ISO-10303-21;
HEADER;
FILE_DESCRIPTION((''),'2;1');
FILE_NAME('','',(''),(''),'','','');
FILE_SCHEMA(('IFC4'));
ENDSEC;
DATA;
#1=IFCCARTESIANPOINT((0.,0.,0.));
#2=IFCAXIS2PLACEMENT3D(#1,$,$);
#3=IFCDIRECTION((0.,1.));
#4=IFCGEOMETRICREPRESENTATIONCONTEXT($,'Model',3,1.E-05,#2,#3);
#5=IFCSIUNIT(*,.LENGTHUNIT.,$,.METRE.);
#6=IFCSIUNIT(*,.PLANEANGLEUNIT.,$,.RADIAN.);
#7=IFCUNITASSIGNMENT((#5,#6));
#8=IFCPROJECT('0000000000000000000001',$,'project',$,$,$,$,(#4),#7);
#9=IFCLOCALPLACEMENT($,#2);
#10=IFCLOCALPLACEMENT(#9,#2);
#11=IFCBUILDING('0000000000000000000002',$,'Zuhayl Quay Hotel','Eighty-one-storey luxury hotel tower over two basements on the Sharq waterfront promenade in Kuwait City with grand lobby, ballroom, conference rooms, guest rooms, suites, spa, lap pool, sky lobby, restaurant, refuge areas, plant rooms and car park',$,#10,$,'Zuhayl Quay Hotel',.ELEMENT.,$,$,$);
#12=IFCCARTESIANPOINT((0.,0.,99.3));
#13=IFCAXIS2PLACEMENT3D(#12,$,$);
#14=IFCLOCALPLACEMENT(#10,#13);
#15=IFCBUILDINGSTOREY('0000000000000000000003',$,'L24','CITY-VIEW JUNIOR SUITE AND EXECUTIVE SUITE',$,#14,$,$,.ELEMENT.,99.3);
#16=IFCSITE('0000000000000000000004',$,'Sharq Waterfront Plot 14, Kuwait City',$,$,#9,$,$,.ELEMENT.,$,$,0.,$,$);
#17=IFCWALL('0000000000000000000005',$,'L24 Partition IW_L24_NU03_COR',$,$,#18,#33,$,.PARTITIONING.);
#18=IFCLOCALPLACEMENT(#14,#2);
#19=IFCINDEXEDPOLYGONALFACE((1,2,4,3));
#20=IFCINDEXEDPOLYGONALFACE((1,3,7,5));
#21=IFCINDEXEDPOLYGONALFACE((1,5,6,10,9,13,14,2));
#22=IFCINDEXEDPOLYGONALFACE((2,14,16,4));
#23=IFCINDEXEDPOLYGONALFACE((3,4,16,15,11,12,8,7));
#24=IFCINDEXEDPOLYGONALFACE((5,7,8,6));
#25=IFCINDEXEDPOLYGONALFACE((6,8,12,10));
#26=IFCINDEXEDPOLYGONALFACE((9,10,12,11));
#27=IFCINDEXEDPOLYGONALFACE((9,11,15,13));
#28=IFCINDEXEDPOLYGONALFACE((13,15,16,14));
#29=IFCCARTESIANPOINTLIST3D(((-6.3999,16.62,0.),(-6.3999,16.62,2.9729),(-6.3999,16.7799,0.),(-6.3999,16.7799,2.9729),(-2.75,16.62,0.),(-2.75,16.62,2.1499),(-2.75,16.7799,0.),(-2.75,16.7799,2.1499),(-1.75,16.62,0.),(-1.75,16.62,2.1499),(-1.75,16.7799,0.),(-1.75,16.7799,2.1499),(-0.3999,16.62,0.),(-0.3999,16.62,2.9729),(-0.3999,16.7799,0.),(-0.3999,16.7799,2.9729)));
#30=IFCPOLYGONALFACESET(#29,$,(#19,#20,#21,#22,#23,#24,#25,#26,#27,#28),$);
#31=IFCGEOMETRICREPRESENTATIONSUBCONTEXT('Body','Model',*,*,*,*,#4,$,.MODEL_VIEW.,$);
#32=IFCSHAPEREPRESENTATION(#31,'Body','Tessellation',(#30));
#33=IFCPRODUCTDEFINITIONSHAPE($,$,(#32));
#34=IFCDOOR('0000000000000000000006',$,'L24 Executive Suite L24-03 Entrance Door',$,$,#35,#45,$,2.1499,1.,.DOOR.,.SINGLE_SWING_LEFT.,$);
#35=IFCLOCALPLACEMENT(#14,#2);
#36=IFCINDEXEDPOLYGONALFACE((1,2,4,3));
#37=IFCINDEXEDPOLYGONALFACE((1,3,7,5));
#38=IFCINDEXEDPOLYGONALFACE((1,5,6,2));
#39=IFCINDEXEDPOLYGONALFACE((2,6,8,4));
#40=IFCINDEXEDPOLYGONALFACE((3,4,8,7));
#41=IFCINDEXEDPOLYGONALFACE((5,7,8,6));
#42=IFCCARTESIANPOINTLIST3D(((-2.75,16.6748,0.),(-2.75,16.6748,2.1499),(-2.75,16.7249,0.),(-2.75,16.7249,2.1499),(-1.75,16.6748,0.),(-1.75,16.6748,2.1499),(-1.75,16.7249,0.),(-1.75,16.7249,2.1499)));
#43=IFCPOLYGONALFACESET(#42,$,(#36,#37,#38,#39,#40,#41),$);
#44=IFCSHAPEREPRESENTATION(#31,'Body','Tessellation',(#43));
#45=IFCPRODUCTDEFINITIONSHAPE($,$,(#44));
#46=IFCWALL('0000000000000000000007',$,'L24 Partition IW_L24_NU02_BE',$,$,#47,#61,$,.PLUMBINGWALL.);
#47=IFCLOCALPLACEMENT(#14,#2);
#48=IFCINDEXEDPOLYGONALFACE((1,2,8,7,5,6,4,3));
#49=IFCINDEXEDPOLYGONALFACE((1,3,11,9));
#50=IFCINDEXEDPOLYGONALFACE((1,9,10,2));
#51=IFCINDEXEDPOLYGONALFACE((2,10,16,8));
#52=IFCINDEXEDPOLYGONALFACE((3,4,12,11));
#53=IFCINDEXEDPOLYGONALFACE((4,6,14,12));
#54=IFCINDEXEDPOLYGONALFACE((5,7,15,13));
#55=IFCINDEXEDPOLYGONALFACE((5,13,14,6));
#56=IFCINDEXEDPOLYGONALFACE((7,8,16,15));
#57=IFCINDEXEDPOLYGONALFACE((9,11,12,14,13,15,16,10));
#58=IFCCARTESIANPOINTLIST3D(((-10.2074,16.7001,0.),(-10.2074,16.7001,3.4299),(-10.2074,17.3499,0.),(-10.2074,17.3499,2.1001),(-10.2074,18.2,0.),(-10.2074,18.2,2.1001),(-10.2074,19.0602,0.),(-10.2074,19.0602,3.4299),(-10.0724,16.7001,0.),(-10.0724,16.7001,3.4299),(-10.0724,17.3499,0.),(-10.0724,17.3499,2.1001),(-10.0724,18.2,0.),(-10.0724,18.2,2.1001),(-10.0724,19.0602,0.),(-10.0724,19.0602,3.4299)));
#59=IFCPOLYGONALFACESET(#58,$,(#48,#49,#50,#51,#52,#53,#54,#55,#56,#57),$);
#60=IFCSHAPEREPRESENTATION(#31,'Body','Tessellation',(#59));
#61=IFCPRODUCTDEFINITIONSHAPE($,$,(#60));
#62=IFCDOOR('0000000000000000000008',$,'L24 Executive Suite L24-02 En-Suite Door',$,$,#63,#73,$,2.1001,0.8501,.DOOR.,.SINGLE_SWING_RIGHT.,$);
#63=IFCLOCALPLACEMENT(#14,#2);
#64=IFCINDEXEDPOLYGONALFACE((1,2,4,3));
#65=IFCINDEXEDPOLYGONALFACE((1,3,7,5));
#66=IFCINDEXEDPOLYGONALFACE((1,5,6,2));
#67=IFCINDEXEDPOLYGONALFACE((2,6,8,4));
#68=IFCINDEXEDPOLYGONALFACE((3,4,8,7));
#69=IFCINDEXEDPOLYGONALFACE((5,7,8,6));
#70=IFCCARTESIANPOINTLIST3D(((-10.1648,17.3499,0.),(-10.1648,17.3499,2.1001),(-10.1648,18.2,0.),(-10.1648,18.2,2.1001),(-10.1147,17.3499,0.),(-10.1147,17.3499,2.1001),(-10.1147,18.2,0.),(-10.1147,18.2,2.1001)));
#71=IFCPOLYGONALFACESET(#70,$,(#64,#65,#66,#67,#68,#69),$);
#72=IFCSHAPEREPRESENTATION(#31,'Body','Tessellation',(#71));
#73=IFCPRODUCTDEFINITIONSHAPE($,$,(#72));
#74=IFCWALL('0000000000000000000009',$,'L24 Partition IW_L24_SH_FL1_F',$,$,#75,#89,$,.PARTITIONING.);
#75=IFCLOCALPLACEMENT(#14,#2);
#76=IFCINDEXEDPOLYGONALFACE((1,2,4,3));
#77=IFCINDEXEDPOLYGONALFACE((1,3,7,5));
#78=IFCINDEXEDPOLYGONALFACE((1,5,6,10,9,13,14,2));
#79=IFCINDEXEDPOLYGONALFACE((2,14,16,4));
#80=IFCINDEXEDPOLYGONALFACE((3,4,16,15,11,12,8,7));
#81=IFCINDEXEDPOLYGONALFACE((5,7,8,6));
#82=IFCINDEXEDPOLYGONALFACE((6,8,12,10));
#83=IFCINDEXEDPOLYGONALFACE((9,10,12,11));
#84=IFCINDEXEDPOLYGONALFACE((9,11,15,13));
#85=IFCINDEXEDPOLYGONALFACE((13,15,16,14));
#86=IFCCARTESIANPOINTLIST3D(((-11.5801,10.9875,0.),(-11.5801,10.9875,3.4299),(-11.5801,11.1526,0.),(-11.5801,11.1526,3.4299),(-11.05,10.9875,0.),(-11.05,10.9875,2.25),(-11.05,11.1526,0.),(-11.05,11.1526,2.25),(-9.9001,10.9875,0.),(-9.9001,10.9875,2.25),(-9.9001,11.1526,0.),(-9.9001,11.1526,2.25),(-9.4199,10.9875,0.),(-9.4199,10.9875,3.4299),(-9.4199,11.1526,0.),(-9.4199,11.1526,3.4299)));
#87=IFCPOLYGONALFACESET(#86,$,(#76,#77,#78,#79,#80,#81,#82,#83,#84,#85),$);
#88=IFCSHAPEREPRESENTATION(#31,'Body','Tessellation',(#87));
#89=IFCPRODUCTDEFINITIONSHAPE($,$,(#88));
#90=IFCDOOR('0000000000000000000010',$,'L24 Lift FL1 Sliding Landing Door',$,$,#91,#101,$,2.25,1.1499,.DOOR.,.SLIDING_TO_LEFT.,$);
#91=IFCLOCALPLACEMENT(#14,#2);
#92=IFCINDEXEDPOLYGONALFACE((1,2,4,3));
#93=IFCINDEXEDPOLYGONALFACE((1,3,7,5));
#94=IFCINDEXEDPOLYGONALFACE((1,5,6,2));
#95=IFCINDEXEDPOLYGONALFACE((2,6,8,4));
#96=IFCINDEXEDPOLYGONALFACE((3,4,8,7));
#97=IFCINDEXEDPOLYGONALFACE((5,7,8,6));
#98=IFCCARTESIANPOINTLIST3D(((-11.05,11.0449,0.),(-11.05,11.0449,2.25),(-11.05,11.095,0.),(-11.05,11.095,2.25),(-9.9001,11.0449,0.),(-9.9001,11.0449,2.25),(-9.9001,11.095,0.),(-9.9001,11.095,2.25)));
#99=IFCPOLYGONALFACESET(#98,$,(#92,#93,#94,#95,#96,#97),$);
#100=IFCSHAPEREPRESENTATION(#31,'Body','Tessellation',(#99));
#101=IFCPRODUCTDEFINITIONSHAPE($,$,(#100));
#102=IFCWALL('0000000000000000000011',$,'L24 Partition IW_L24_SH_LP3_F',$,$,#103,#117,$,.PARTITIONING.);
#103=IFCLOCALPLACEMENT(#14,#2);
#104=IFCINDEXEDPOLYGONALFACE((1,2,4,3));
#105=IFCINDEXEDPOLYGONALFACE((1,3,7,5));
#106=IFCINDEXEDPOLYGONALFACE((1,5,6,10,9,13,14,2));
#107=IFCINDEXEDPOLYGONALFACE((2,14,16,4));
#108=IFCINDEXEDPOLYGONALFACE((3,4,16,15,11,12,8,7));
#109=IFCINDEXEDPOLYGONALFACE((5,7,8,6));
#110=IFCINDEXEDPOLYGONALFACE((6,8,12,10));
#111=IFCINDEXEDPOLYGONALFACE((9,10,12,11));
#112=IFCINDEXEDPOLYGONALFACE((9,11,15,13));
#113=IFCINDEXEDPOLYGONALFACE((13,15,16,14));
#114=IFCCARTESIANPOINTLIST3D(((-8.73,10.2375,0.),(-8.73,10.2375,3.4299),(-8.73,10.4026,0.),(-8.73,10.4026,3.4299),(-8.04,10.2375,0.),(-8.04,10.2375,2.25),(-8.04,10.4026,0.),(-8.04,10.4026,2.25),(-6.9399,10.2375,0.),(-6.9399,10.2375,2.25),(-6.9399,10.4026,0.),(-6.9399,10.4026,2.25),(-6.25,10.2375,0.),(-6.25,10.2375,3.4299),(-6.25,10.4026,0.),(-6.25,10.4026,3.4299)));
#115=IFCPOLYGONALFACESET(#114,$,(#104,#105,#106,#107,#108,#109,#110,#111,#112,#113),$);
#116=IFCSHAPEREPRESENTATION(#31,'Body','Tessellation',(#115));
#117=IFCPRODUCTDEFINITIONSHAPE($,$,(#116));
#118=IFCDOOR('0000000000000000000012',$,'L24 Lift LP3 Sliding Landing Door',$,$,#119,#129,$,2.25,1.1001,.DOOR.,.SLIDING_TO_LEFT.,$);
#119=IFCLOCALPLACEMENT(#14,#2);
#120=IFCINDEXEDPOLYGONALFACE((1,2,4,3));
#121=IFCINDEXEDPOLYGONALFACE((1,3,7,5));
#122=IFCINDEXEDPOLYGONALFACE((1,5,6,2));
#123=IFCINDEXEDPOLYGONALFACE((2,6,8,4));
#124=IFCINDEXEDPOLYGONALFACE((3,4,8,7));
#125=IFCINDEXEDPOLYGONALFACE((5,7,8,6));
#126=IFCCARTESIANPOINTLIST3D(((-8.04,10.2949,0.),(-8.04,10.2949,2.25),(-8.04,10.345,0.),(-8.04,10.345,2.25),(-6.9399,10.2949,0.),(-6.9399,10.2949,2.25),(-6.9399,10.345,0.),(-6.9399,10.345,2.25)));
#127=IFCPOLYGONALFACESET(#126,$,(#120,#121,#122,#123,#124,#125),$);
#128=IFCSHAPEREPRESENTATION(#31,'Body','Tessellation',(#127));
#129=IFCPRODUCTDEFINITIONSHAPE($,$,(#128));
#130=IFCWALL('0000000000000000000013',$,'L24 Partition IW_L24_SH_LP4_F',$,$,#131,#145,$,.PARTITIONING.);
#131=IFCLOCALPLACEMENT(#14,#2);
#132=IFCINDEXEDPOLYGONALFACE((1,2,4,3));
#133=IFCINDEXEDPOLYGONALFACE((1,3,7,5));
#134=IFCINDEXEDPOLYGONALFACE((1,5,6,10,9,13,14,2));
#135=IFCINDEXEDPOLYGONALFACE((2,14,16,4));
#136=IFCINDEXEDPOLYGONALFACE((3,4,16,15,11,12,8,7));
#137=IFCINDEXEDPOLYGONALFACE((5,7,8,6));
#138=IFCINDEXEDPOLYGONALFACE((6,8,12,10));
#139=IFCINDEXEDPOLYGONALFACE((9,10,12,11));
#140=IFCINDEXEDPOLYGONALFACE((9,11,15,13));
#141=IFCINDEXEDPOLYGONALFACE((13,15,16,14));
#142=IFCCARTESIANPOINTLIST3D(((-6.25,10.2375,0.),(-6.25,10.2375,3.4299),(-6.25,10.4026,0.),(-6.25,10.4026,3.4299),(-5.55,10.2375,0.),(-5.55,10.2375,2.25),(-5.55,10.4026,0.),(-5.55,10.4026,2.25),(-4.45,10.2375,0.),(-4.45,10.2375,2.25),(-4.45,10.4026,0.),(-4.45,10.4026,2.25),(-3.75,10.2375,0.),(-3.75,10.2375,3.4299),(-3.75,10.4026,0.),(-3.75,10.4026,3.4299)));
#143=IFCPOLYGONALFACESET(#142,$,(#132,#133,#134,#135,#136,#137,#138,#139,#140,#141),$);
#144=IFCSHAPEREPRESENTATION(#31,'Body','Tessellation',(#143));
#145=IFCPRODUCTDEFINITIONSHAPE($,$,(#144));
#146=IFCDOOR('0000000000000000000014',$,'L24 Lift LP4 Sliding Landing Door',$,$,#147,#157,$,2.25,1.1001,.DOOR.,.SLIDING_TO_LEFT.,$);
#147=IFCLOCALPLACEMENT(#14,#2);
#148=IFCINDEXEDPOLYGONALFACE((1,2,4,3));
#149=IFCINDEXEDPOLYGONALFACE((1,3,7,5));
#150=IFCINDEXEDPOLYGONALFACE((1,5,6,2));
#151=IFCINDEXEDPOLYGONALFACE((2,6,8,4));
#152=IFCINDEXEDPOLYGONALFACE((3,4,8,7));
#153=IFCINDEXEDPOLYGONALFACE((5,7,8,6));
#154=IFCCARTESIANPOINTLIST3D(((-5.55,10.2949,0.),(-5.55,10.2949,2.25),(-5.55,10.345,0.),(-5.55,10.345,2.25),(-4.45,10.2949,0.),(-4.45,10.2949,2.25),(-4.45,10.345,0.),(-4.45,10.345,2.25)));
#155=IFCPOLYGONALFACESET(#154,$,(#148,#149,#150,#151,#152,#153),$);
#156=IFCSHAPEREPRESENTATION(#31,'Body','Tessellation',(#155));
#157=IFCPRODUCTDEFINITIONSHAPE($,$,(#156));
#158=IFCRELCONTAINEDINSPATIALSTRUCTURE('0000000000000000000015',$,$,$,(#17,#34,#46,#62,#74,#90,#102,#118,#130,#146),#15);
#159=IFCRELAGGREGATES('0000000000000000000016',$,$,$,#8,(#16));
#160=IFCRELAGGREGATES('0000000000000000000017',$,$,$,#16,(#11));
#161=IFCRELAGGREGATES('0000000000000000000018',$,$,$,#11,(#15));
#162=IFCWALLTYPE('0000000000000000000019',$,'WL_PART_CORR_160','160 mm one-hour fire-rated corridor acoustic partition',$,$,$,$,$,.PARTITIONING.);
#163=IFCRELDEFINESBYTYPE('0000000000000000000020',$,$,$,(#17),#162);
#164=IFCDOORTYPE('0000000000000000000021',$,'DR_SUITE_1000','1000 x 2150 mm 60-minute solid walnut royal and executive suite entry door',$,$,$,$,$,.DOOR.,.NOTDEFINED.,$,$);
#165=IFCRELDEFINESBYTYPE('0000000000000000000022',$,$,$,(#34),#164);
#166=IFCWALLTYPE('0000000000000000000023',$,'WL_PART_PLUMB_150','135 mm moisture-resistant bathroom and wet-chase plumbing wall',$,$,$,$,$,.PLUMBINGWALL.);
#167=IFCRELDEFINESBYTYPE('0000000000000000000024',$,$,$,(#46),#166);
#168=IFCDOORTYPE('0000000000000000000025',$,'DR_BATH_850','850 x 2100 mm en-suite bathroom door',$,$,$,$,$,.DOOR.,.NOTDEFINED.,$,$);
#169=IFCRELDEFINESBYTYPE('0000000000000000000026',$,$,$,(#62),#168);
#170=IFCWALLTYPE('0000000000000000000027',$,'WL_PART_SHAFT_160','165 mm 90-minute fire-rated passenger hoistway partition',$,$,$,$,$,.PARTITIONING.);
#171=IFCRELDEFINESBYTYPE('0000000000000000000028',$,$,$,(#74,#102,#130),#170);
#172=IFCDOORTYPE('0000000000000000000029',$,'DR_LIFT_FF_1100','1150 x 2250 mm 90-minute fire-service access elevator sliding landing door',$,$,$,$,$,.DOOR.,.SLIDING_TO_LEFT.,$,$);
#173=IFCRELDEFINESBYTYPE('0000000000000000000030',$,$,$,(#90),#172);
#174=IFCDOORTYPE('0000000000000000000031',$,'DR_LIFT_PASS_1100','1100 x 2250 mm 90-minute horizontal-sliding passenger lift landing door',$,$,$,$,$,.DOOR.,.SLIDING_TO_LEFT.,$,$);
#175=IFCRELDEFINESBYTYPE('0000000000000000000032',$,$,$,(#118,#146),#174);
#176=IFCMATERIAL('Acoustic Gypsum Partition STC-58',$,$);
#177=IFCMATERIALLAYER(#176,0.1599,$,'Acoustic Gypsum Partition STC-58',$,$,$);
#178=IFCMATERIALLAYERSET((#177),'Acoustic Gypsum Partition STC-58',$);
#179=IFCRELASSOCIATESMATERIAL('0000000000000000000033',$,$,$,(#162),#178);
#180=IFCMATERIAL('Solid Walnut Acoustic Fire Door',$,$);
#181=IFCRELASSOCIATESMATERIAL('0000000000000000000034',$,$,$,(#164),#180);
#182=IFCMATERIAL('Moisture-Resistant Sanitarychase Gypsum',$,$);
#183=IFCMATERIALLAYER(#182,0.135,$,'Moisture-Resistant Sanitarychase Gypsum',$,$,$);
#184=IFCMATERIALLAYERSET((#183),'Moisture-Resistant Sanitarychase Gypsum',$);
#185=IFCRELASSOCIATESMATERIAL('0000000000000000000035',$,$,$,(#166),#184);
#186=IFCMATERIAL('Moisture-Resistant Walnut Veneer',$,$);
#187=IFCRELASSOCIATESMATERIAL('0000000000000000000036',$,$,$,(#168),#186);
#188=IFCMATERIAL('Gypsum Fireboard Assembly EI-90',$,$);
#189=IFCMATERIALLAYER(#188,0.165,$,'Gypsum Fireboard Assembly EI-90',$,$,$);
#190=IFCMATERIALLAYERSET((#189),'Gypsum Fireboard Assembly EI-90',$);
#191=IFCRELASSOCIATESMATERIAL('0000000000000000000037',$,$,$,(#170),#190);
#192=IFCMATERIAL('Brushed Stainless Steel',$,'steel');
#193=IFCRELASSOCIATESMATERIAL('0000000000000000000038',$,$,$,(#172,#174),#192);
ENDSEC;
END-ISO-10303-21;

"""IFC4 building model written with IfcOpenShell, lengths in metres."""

from ifc_helpers import new_model, si_unit, direction, frame, frame_2d, origin, place, context, subcontext, project, spatial, rectangle, extrude, material, layer, layer_set, type_object, element, fill, save


model = new_model("IFC4")

# Units and contexts
model_context = context("Model", 3, precision=1e-05, world=origin(), true_north=direction((0.0, 1.0)))
body_context = subcontext(model_context, "Body", "Model", "MODEL_VIEW")
ifc_project = project(units=[si_unit("LENGTHUNIT", "METRE"), si_unit("PLANEANGLEUNIT", "RADIAN")], contexts=[model_context])

# Site, building, storey
site_placement = place(None, origin())
site = spatial("IfcSite", under=ifc_project, at=site_placement, Name="Sharq Waterfront Plot 14, Kuwait City", CompositionType="ELEMENT", RefElevation=0.0)
building_placement = place(site_placement, origin())
building = spatial("IfcBuilding", under=site, at=building_placement, Name="Zuhayl Quay Hotel", Description="Eighty-one-storey luxury hotel tower over two basements on the Sharq waterfront promenade in Kuwait City with grand lobby, ballroom, conference rooms, guest rooms, suites, spa, lap pool, sky lobby, restaurant, refuge areas, plant rooms and car park", LongName="Zuhayl Quay Hotel", CompositionType="ELEMENT")
storey_placement = place(building_placement, frame((0.0, 0.0, 99.3)))
storey = spatial("IfcBuildingStorey", under=building, at=storey_placement, Name="L24", Description="CITY-VIEW JUNIOR SUITE AND EXECUTIVE SUITE", CompositionType="ELEMENT", Elevation=99.3)

# Shared definitions
ifc_material_1 = material(Name="Acoustic Gypsum Partition STC-58")

# Walls, openings, doors
ifc_layer_1 = layer(ifc_material_1, 0.1599, Name="Acoustic Gypsum Partition STC-58")
ifc_layer_set_1 = layer_set([ifc_layer_1], Name="Acoustic Gypsum Partition STC-58")
wall_type_1 = type_object("IfcWallType", Name="WL_PART_CORR_160", Description="160 mm one-hour fire-rated corridor acoustic partition", PredefinedType="PARTITIONING", material=ifc_layer_set_1)
wall_1_placement = place(storey_placement, frame((-6.3999, 16.7, 0.0), z_axis=(0.0, 0.0, 1.0), x_axis=(1.0, 0.0, 0.0)))
wall_1 = element("IfcWall", 1, at=wall_1_placement, inside=storey, type_object=wall_type_1, Name="L24 Partition IW_L24_NU03_COR", PredefinedType="PARTITIONING", context=body_context, shape_type="SweptSolid", body=[
    extrude(rectangle(XDim=6.0, YDim=0.1599, at=frame_2d((3.0, 0.0))), origin(), (0.0, 0.0, 1.0), 2.9729),
])
opening_1_placement = place(wall_1_placement, frame((3.6499, 0.0, 0.0)))
opening_1 = element("IfcOpeningElement", 2, at=opening_1_placement, cuts=wall_1, PredefinedType="OPENING", context=body_context, shape_type="SweptSolid", body=[
    extrude(rectangle(XDim=1.0, YDim=2.1499, at=frame_2d((0.5, 1.075))), frame((0.0, 0.0898, 0.0), z_axis=(0.0, -1.0, 0.0), x_axis=(1.0, 0.0, 0.0)), (0.0, 0.0, 1.0), 0.1799),
])
ifc_material_2 = material(Name="Solid Walnut Acoustic Fire Door")
door_type_1 = type_object("IfcDoorType", Name="DR_SUITE_1000", Description="1000 x 2150 mm 60-minute solid walnut royal and executive suite entry door", OperationType="NOTDEFINED", PredefinedType="DOOR", material=ifc_material_2)
door_1_placement = place(opening_1_placement, origin())
door_1 = element("IfcDoor", 3, at=door_1_placement, inside=storey, type_object=door_type_1, Name="L24 Executive Suite L24-03 Entrance Door", OperationType="SINGLE_SWING_LEFT", OverallHeight=2.1499, OverallWidth=1.0, PredefinedType="DOOR", context=body_context, shape_type="SweptSolid", body=[
    extrude(rectangle(XDim=1.0, YDim=2.1499, at=frame_2d((0.5, 1.075))), frame((0.0, 0.0249, 0.0), z_axis=(0.0, -1.0, 0.0), x_axis=(1.0, 0.0, 0.0)), (0.0, 0.0, 1.0), 0.05),
])
fill(opening_1, door_1)
ifc_material_3 = material(Name="Moisture-Resistant Sanitarychase Gypsum")
ifc_layer_2 = layer(ifc_material_3, 0.135, Name="Moisture-Resistant Sanitarychase Gypsum")
ifc_layer_set_2 = layer_set([ifc_layer_2], Name="Moisture-Resistant Sanitarychase Gypsum")
wall_type_2 = type_object("IfcWallType", Name="WL_PART_PLUMB_150", Description="135 mm moisture-resistant bathroom and wet-chase plumbing wall", PredefinedType="PLUMBINGWALL", material=ifc_layer_set_2)
wall_2_placement = place(storey_placement, frame((-10.1399, 16.7, 0.0), z_axis=(0.0, 0.0, 1.0), x_axis=(0.0, 1.0, 0.0)))
wall_2 = element("IfcWall", 4, at=wall_2_placement, inside=storey, type_object=wall_type_2, Name="L24 Partition IW_L24_NU02_BE", PredefinedType="PLUMBINGWALL", context=body_context, shape_type="SweptSolid", body=[
    extrude(rectangle(XDim=2.3601, YDim=0.135, at=frame_2d((1.1802, 0.0))), origin(), (0.0, 0.0, 1.0), 3.4299),
])
opening_2_placement = place(wall_2_placement, frame((0.6499, 0.0, 0.0)))
opening_2 = element("IfcOpeningElement", 5, at=opening_2_placement, cuts=wall_2, PredefinedType="OPENING", context=body_context, shape_type="SweptSolid", body=[
    extrude(rectangle(XDim=0.8501, YDim=2.1001, at=frame_2d((0.425, 1.05))), frame((0.0, 0.0774, 0.0), z_axis=(0.0, -1.0, 0.0), x_axis=(1.0, 0.0, 0.0)), (0.0, 0.0, 1.0), 0.155),
])
ifc_material_4 = material(Name="Moisture-Resistant Walnut Veneer")
door_type_2 = type_object("IfcDoorType", Name="DR_BATH_850", Description="850 x 2100 mm en-suite bathroom door", OperationType="NOTDEFINED", PredefinedType="DOOR", material=ifc_material_4)
door_2_placement = place(opening_2_placement, origin())
door_2 = element("IfcDoor", 6, at=door_2_placement, inside=storey, type_object=door_type_2, Name="L24 Executive Suite L24-02 En-Suite Door", OperationType="SINGLE_SWING_RIGHT", OverallHeight=2.1001, OverallWidth=0.8501, PredefinedType="DOOR", context=body_context, shape_type="SweptSolid", body=[
    extrude(rectangle(XDim=0.8501, YDim=2.1001, at=frame_2d((0.425, 1.05))), frame((0.0, 0.0249, 0.0), z_axis=(0.0, -1.0, 0.0), x_axis=(1.0, 0.0, 0.0)), (0.0, 0.0, 1.0), 0.05),
])
fill(opening_2, door_2)
ifc_material_5 = material(Name="Gypsum Fireboard Assembly EI-90")
ifc_layer_3 = layer(ifc_material_5, 0.165, Name="Gypsum Fireboard Assembly EI-90")
ifc_layer_set_3 = layer_set([ifc_layer_3], Name="Gypsum Fireboard Assembly EI-90")
wall_type_3 = type_object("IfcWallType", Name="WL_PART_SHAFT_160", Description="165 mm 90-minute fire-rated passenger hoistway partition", PredefinedType="PARTITIONING", material=ifc_layer_set_3)
wall_3_placement = place(storey_placement, frame((-11.5801, 11.0701, 0.0), z_axis=(0.0, 0.0, 1.0), x_axis=(1.0, 0.0, 0.0)))
wall_3 = element("IfcWall", 7, at=wall_3_placement, inside=storey, type_object=wall_type_3, Name="L24 Partition IW_L24_SH_FL1_F", PredefinedType="PARTITIONING", context=body_context, shape_type="SweptSolid", body=[
    extrude(rectangle(XDim=2.1602, YDim=0.165, at=frame_2d((1.0801, 0.0))), origin(), (0.0, 0.0, 1.0), 3.4299),
])
opening_3_placement = place(wall_3_placement, frame((0.53, 0.0, 0.0)))
opening_3 = element("IfcOpeningElement", 8, at=opening_3_placement, cuts=wall_3, PredefinedType="OPENING", context=body_context, shape_type="SweptSolid", body=[
    extrude(rectangle(XDim=1.1499, YDim=2.25, at=frame_2d((0.575, 1.125))), frame((0.0, 0.0925, 0.0), z_axis=(0.0, -1.0, 0.0), x_axis=(1.0, 0.0, 0.0)), (0.0, 0.0, 1.0), 0.1851),
])
ifc_material_6 = material(Name="Brushed Stainless Steel", Category="steel")
door_type_3 = type_object("IfcDoorType", Name="DR_LIFT_FF_1100", Description="1150 x 2250 mm 90-minute fire-service access elevator sliding landing door", OperationType="SLIDING_TO_LEFT", PredefinedType="DOOR", material=ifc_material_6)
door_3_placement = place(opening_3_placement, origin())
door_3 = element("IfcDoor", 9, at=door_3_placement, inside=storey, type_object=door_type_3, Name="L24 Lift FL1 Sliding Landing Door", OperationType="SLIDING_TO_LEFT", OverallHeight=2.25, OverallWidth=1.1499, PredefinedType="DOOR", context=body_context, shape_type="SweptSolid", body=[
    extrude(rectangle(XDim=1.1499, YDim=2.25, at=frame_2d((0.575, 1.125))), frame((0.0, 0.0249, 0.0), z_axis=(0.0, -1.0, 0.0), x_axis=(1.0, 0.0, 0.0)), (0.0, 0.0, 1.0), 0.05),
])
fill(opening_3, door_3)
wall_4_placement = place(storey_placement, frame((-8.73, 10.3201, 0.0), z_axis=(0.0, 0.0, 1.0), x_axis=(1.0, 0.0, 0.0)))
wall_4 = element("IfcWall", 10, at=wall_4_placement, inside=storey, type_object=wall_type_3, Name="L24 Partition IW_L24_SH_LP3_F", PredefinedType="PARTITIONING", context=body_context, shape_type="SweptSolid", body=[
    extrude(rectangle(XDim=2.48, YDim=0.165, at=frame_2d((1.24, 0.0))), origin(), (0.0, 0.0, 1.0), 3.4299),
])
opening_4_placement = place(wall_4_placement, frame((0.6899, 0.0, 0.0)))
opening_4 = element("IfcOpeningElement", 11, at=opening_4_placement, cuts=wall_4, PredefinedType="OPENING", context=body_context, shape_type="SweptSolid", body=[
    extrude(rectangle(XDim=1.1001, YDim=2.25, at=frame_2d((0.55, 1.125))), frame((0.0, 0.0925, 0.0), z_axis=(0.0, -1.0, 0.0), x_axis=(1.0, 0.0, 0.0)), (0.0, 0.0, 1.0), 0.1851),
])
door_type_4 = type_object("IfcDoorType", Name="DR_LIFT_PASS_1100", Description="1100 x 2250 mm 90-minute horizontal-sliding passenger lift landing door", OperationType="SLIDING_TO_LEFT", PredefinedType="DOOR", material=ifc_material_6)
door_4_placement = place(opening_4_placement, origin())
door_4 = element("IfcDoor", 12, at=door_4_placement, inside=storey, type_object=door_type_4, Name="L24 Lift LP3 Sliding Landing Door", OperationType="SLIDING_TO_LEFT", OverallHeight=2.25, OverallWidth=1.1001, PredefinedType="DOOR", context=body_context, shape_type="SweptSolid", body=[
    extrude(rectangle(XDim=1.1001, YDim=2.25, at=frame_2d((0.55, 1.125))), frame((0.0, 0.0249, 0.0), z_axis=(0.0, -1.0, 0.0), x_axis=(1.0, 0.0, 0.0)), (0.0, 0.0, 1.0), 0.05),
])
fill(opening_4, door_4)
wall_5_placement = place(storey_placement, frame((-6.25, 10.3201, 0.0), z_axis=(0.0, 0.0, 1.0), x_axis=(1.0, 0.0, 0.0)))
wall_5 = element("IfcWall", 13, at=wall_5_placement, inside=storey, type_object=wall_type_3, Name="L24 Partition IW_L24_SH_LP4_F", PredefinedType="PARTITIONING", context=body_context, shape_type="SweptSolid", body=[
    extrude(rectangle(XDim=2.5, YDim=0.165, at=frame_2d((1.25, 0.0))), origin(), (0.0, 0.0, 1.0), 3.4299),
])
opening_5_placement = place(wall_5_placement, frame((0.7, 0.0, 0.0)))
opening_5 = element("IfcOpeningElement", 14, at=opening_5_placement, cuts=wall_5, PredefinedType="OPENING", context=body_context, shape_type="SweptSolid", body=[
    extrude(rectangle(XDim=1.1001, YDim=2.25, at=frame_2d((0.55, 1.125))), frame((0.0, 0.0925, 0.0), z_axis=(0.0, -1.0, 0.0), x_axis=(1.0, 0.0, 0.0)), (0.0, 0.0, 1.0), 0.1851),
])
door_5_placement = place(opening_5_placement, origin())
door_5 = element("IfcDoor", 15, at=door_5_placement, inside=storey, type_object=door_type_4, Name="L24 Lift LP4 Sliding Landing Door", OperationType="SLIDING_TO_LEFT", OverallHeight=2.25, OverallWidth=1.1001, PredefinedType="DOOR", context=body_context, shape_type="SweptSolid", body=[
    extrude(rectangle(XDim=1.1001, YDim=2.25, at=frame_2d((0.55, 1.125))), frame((0.0, 0.0249, 0.0), z_axis=(0.0, -1.0, 0.0), x_axis=(1.0, 0.0, 0.0)), (0.0, 0.0, 1.0), 0.05),
])
fill(opening_5, door_5)

save(model, "model.ifc")
